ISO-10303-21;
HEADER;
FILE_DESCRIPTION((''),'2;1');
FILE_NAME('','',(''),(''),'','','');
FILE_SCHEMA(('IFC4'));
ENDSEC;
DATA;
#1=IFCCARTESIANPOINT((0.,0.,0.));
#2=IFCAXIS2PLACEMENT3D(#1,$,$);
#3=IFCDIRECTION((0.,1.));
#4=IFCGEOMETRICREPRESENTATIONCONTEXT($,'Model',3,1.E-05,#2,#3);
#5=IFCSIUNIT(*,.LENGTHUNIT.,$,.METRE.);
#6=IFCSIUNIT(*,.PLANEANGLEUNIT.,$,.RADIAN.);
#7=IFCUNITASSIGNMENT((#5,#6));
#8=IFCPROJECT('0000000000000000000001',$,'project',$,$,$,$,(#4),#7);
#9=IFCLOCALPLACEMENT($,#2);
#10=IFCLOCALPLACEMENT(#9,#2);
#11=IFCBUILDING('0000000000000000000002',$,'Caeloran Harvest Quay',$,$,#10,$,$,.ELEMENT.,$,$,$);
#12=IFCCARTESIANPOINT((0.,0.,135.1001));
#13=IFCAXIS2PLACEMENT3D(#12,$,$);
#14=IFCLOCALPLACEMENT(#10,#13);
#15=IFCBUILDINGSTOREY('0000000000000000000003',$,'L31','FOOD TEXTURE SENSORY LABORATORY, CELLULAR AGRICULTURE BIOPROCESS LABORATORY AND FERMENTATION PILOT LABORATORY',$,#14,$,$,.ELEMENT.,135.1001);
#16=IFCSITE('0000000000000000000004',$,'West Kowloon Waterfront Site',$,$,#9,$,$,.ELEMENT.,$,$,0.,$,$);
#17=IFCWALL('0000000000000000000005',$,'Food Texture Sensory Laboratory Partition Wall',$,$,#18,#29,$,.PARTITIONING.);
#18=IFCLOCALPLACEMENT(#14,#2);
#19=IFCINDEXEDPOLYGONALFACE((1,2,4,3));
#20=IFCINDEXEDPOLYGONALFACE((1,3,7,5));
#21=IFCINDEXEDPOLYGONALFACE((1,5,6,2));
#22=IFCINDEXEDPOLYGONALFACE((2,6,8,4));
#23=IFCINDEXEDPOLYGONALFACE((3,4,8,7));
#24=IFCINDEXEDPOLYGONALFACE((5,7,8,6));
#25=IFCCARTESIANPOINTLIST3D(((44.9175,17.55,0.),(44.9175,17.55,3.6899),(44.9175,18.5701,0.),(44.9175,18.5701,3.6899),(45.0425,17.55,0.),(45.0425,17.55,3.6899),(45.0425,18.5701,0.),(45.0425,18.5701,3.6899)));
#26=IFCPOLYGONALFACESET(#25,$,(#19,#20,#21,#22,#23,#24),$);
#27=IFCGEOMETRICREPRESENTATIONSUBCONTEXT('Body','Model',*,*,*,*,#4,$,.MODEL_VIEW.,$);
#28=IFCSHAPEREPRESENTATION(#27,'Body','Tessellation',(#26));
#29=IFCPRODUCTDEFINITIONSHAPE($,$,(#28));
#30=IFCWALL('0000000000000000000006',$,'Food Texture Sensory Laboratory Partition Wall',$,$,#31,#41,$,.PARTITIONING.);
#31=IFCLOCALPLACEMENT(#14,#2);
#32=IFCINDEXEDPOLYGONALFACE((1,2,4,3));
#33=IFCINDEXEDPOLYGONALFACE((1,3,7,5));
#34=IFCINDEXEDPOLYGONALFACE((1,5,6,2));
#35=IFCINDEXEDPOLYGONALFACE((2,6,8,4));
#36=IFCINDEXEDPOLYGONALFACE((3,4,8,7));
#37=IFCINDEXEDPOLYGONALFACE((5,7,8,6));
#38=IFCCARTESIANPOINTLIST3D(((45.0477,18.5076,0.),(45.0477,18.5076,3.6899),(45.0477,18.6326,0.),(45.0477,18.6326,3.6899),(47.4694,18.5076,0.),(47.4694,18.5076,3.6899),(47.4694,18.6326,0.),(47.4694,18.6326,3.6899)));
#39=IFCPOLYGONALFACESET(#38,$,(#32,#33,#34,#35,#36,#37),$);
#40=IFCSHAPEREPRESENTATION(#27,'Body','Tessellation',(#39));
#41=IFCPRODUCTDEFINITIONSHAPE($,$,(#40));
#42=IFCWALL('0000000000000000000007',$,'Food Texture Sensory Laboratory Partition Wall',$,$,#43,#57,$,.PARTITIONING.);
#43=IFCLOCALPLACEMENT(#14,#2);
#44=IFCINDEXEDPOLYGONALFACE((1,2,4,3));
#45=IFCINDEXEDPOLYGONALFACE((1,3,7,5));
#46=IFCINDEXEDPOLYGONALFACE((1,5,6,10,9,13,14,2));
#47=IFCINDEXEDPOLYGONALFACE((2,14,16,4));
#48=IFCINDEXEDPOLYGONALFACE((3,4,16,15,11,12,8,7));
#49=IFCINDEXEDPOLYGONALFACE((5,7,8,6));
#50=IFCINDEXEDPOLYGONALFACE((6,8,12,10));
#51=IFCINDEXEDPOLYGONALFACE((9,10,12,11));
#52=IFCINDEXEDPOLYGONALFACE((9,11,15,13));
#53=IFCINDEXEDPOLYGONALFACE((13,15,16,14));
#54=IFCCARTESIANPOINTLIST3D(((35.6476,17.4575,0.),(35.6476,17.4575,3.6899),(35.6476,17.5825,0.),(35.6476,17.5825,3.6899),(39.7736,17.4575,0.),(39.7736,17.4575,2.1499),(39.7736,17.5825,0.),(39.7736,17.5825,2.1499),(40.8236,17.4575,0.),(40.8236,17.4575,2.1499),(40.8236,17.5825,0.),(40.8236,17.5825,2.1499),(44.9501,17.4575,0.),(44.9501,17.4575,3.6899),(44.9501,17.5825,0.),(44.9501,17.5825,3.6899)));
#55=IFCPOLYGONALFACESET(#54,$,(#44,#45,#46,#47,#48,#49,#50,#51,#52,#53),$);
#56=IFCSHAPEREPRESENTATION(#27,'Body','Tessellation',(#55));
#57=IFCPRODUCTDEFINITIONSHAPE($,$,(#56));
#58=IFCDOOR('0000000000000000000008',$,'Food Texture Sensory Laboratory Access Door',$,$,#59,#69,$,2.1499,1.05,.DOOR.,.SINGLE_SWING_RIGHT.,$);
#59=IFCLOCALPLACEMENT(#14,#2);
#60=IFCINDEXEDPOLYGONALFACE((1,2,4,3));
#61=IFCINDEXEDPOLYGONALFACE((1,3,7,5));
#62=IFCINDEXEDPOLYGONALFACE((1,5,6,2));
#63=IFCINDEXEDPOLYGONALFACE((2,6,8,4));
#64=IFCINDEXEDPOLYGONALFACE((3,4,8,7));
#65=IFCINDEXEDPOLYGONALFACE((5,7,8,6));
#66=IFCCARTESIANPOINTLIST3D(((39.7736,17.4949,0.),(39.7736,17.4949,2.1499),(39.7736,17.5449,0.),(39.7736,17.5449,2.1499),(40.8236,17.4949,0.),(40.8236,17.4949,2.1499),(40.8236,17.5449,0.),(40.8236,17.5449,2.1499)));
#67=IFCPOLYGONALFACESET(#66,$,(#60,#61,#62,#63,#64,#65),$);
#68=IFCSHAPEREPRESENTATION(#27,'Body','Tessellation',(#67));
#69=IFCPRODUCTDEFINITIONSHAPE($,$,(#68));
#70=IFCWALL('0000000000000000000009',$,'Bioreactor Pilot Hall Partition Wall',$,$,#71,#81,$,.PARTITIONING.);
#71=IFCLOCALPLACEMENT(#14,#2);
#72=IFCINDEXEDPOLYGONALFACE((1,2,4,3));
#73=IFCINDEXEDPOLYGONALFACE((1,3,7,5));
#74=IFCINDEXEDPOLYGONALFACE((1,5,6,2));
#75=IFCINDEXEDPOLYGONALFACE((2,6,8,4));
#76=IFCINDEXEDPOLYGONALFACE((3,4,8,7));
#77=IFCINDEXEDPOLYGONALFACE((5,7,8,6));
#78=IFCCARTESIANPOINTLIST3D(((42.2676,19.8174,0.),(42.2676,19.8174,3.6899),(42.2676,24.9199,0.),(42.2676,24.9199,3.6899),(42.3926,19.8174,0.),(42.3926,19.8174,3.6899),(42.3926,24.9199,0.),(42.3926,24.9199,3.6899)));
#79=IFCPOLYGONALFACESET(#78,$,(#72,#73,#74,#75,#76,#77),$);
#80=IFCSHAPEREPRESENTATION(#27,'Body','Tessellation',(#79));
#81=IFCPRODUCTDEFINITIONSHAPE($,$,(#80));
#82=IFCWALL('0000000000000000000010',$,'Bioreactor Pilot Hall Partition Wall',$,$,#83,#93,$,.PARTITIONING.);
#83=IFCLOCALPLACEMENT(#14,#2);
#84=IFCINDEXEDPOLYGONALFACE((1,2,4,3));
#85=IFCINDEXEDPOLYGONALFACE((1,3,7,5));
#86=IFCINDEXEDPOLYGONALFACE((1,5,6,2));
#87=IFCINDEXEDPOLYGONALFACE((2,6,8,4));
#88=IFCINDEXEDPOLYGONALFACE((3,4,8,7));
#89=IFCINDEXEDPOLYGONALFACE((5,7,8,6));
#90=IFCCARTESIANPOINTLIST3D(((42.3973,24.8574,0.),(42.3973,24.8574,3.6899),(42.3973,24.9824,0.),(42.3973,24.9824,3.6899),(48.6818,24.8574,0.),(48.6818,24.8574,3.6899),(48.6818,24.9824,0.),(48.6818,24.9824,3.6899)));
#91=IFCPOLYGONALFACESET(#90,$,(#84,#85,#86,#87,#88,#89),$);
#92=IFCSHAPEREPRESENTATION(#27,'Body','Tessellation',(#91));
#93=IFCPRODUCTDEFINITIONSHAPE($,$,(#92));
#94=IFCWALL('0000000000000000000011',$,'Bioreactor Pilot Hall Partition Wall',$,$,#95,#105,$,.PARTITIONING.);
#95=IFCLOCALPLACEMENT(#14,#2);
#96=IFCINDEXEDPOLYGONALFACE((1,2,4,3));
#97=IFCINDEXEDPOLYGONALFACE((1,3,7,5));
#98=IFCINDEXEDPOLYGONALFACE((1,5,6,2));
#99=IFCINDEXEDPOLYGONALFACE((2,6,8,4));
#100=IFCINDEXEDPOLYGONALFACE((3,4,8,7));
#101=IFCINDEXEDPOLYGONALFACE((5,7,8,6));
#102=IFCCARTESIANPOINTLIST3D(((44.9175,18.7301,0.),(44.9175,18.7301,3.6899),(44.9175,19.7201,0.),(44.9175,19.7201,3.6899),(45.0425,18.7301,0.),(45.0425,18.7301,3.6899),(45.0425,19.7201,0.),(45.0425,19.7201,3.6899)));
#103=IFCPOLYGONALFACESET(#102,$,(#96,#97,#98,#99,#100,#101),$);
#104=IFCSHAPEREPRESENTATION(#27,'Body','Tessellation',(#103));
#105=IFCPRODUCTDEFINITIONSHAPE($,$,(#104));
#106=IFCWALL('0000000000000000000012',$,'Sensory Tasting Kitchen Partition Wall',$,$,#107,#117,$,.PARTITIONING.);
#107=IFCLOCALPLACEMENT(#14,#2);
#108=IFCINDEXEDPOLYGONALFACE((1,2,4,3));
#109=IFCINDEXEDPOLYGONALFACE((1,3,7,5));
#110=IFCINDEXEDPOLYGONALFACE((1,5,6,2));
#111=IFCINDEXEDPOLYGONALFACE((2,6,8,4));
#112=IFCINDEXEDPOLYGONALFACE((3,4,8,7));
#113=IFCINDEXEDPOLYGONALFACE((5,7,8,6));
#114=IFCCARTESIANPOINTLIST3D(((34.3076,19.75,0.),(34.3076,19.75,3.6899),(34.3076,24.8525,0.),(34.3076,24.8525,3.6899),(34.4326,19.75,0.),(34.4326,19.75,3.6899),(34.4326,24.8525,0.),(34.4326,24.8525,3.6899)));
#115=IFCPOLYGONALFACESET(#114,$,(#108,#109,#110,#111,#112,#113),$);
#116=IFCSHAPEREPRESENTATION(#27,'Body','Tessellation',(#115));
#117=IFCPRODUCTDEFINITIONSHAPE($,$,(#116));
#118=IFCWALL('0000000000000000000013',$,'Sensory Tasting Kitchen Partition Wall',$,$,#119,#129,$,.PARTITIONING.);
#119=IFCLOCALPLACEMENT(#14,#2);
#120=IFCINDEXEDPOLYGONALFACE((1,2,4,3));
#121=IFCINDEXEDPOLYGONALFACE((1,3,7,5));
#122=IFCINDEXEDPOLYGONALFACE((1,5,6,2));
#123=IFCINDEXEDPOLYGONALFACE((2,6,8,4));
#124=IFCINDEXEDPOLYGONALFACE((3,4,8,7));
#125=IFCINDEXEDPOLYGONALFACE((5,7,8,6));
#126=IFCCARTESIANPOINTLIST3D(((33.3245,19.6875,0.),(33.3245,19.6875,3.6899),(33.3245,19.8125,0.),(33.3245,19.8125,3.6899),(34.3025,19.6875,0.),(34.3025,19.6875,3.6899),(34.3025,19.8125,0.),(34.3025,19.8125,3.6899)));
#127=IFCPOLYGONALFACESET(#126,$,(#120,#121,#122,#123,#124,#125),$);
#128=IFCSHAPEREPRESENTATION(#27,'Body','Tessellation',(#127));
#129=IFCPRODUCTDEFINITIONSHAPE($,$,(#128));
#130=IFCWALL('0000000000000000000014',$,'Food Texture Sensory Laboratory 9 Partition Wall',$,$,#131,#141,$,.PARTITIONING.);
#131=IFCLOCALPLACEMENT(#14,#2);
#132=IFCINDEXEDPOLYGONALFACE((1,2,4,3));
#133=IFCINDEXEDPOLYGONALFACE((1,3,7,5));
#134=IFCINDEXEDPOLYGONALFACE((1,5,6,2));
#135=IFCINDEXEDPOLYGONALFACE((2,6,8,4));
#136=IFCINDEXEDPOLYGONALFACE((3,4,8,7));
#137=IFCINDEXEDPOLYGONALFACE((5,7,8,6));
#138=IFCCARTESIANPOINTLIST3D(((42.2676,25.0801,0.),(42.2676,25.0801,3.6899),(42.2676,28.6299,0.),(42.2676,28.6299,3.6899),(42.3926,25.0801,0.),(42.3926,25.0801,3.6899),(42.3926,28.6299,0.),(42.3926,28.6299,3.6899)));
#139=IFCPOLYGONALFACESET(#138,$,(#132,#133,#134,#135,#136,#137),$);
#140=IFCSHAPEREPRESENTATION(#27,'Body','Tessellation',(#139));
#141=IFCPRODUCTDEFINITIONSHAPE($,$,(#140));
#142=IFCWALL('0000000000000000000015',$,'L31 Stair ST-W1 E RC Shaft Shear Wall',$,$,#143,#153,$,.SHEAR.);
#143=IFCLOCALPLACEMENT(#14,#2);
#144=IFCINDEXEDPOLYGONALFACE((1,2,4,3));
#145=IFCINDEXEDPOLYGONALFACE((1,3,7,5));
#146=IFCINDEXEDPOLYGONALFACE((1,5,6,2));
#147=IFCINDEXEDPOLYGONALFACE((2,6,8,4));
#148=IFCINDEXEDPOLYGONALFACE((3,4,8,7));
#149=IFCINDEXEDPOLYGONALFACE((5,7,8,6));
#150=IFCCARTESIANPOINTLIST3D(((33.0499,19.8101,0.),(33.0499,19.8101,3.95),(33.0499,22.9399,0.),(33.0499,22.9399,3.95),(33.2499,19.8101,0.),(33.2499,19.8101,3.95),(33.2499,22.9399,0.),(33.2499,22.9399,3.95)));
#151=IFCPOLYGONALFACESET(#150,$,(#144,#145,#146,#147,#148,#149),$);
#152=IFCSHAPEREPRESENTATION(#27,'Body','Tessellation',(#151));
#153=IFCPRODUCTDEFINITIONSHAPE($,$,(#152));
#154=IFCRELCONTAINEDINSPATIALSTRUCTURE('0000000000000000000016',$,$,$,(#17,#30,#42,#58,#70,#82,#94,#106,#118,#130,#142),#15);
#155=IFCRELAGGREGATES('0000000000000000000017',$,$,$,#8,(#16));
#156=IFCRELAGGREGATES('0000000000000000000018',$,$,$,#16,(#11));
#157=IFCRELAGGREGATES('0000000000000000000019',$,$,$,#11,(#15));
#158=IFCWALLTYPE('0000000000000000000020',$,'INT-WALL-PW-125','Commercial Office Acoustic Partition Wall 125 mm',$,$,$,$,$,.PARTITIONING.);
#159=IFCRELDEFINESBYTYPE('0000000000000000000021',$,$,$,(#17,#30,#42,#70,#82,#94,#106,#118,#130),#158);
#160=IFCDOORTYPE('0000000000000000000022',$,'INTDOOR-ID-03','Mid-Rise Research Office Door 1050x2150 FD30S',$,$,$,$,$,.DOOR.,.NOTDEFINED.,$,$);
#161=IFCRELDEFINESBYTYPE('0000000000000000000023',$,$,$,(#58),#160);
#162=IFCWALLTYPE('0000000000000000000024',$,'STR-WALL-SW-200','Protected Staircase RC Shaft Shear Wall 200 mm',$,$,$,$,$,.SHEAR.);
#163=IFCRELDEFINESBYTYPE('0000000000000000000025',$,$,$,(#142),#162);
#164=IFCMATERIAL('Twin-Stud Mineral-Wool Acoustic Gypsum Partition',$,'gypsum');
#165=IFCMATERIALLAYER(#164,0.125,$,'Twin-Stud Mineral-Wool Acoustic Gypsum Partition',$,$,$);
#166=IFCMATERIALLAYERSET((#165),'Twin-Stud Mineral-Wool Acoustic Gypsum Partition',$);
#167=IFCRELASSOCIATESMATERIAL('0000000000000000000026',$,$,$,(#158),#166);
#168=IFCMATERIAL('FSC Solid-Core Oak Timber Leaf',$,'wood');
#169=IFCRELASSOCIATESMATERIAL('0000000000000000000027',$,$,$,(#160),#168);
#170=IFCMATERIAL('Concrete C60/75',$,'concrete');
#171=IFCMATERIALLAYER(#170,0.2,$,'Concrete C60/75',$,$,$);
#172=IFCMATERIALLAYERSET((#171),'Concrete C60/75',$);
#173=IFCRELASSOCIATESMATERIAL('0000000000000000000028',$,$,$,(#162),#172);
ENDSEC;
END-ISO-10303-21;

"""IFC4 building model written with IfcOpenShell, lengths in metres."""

from ifc_helpers import new_model, si_unit, direction, frame, frame_2d, origin, place, context, subcontext, project, spatial, rectangle, extrude, material, layer, layer_set, type_object, element, fill, save


model = new_model("IFC4")

# Units and contexts
model_context = context("Model", 3, precision=1e-05, world=origin(), true_north=direction((0.0, 1.0)))
body_context = subcontext(model_context, "Body", "Model", "MODEL_VIEW")
ifc_project = project(units=[si_unit("LENGTHUNIT", "METRE"), si_unit("PLANEANGLEUNIT", "RADIAN")], contexts=[model_context])

# Site, building, storey
site_placement = place(None, origin())
site = spatial("IfcSite", under=ifc_project, at=site_placement, Name="West Kowloon Waterfront Site", CompositionType="ELEMENT", RefElevation=0.0)
building_placement = place(site_placement, origin())
building = spatial("IfcBuilding", under=site, at=building_placement, Name="Caeloran Harvest Quay", CompositionType="ELEMENT")
storey_placement = place(building_placement, frame((0.0, 0.0, 135.1001)))
storey = spatial("IfcBuildingStorey", under=building, at=storey_placement, Name="L31", Description="FOOD TEXTURE SENSORY LABORATORY, CELLULAR AGRICULTURE BIOPROCESS LABORATORY AND FERMENTATION PILOT LABORATORY", CompositionType="ELEMENT", Elevation=135.1001)

# Walls
ifc_material_1 = material(Name="Twin-Stud Mineral-Wool Acoustic Gypsum Partition", Category="gypsum")
ifc_layer_1 = layer(ifc_material_1, 0.125, Name="Twin-Stud Mineral-Wool Acoustic Gypsum Partition")
ifc_layer_set_1 = layer_set([ifc_layer_1], Name="Twin-Stud Mineral-Wool Acoustic Gypsum Partition")
wall_type_1 = type_object("IfcWallType", Name="INT-WALL-PW-125", Description="Commercial Office Acoustic Partition Wall 125 mm", PredefinedType="PARTITIONING", material=ifc_layer_set_1)
wall_1_placement = place(storey_placement, frame((44.98, 17.55, 0.0), z_axis=(0.0, 0.0, 1.0), x_axis=(0.0, 1.0, 0.0)))
element("IfcWall", 1, at=wall_1_placement, inside=storey, type_object=wall_type_1, Name="Food Texture Sensory Laboratory Partition Wall", PredefinedType="PARTITIONING", context=body_context, shape_type="SweptSolid", body=[
    extrude(rectangle(XDim=1.02, YDim=0.125, at=frame_2d((0.51, 0.0))), origin(), (0.0, 0.0, 1.0), 3.6899),
])
wall_2_placement = place(storey_placement, frame((45.0476, 18.5701, 0.0), z_axis=(0.0, 0.0, 1.0), x_axis=(1.0, 0.0, 0.0)))
element("IfcWall", 2, at=wall_2_placement, inside=storey, type_object=wall_type_1, Name="Food Texture Sensory Laboratory Partition Wall", PredefinedType="PARTITIONING", context=body_context, shape_type="SweptSolid", body=[
    extrude(rectangle(XDim=2.4216, YDim=0.125, at=frame_2d((1.2109, 0.0))), origin(), (0.0, 0.0, 1.0), 3.6899),
])

# Wall, opening, door
wall_3_placement = place(storey_placement, frame((35.6475, 17.52, 0.0), z_axis=(0.0, 0.0, 1.0), x_axis=(1.0, 0.0, 0.0)))
wall_3 = element("IfcWall", 3, at=wall_3_placement, inside=storey, type_object=wall_type_1, Name="Food Texture Sensory Laboratory Partition Wall", PredefinedType="PARTITIONING", context=body_context, shape_type="SweptSolid", body=[
    extrude(rectangle(XDim=9.3025, YDim=0.125, at=frame_2d((4.6514, 0.0))), origin(), (0.0, 0.0, 1.0), 3.6899),
])
opening_1_placement = place(wall_3_placement, frame((4.1262, 0.0, 0.0)))
opening_1 = element("IfcOpeningElement", 4, at=opening_1_placement, cuts=wall_3, PredefinedType="OPENING", context=body_context, shape_type="SweptSolid", body=[
    extrude(rectangle(XDim=1.05, YDim=2.1499, at=frame_2d((0.5249, 1.075))), frame((0.0, 0.0725, 0.0), z_axis=(0.0, -1.0, 0.0), x_axis=(1.0, 0.0, 0.0)), (0.0, 0.0, 1.0), 0.145),
])
ifc_material_2 = material(Name="FSC Solid-Core Oak Timber Leaf", Category="wood")
door_type = type_object("IfcDoorType", Name="INTDOOR-ID-03", Description="Mid-Rise Research Office Door 1050x2150 FD30S", OperationType="NOTDEFINED", PredefinedType="DOOR", material=ifc_material_2)
door_1_placement = place(opening_1_placement, origin())
door_1 = element("IfcDoor", 5, at=door_1_placement, inside=storey, type_object=door_type, Name="Food Texture Sensory Laboratory Access Door", OperationType="SINGLE_SWING_RIGHT", OverallHeight=2.1499, OverallWidth=1.05, PredefinedType="DOOR", context=body_context, shape_type="SweptSolid", body=[
    extrude(rectangle(XDim=1.05, YDim=2.1499, at=frame_2d((0.5249, 1.075))), frame((0.0, 0.0249, 0.0), z_axis=(0.0, -1.0, 0.0), x_axis=(1.0, 0.0, 0.0)), (0.0, 0.0, 1.0), 0.05),
])
fill(opening_1, door_1)

# Walls
wall_4_placement = place(storey_placement, frame((42.3301, 19.8174, 0.0), z_axis=(0.0, 0.0, 1.0), x_axis=(0.0, 1.0, 0.0)))
element("IfcWall", 6, at=wall_4_placement, inside=storey, type_object=wall_type_1, Name="Bioreactor Pilot Hall Partition Wall", PredefinedType="PARTITIONING", context=body_context, shape_type="SweptSolid", body=[
    extrude(rectangle(XDim=5.1025, YDim=0.125, at=frame_2d((2.5513, 0.0))), origin(), (0.0, 0.0, 1.0), 3.6899),
])
wall_5_placement = place(storey_placement, frame((42.3975, 24.9199, 0.0), z_axis=(0.0, 0.0, 1.0), x_axis=(1.0, 0.0, 0.0)))
element("IfcWall", 7, at=wall_5_placement, inside=storey, type_object=wall_type_1, Name="Bioreactor Pilot Hall Partition Wall", PredefinedType="PARTITIONING", context=body_context, shape_type="SweptSolid", body=[
    extrude(rectangle(XDim=6.2844, YDim=0.125, at=frame_2d((3.1421, 0.0))), origin(), (0.0, 0.0, 1.0), 3.6899),
])
wall_6_placement = place(storey_placement, frame((44.98, 18.73, 0.0), z_axis=(0.0, 0.0, 1.0), x_axis=(0.0, 1.0, 0.0)))
element("IfcWall", 8, at=wall_6_placement, inside=storey, type_object=wall_type_1, Name="Bioreactor Pilot Hall Partition Wall", PredefinedType="PARTITIONING", context=body_context, shape_type="SweptSolid", body=[
    extrude(rectangle(XDim=0.99, YDim=0.125, at=frame_2d((0.4951, 0.0))), origin(), (0.0, 0.0, 1.0), 3.6899),
])
wall_7_placement = place(storey_placement, frame((34.3701, 24.8525, 0.0), z_axis=(0.0, 0.0, 1.0), x_axis=(0.0, -1.0, 0.0)))
element("IfcWall", 9, at=wall_7_placement, inside=storey, type_object=wall_type_1, Name="Sensory Tasting Kitchen Partition Wall", PredefinedType="PARTITIONING", context=body_context, shape_type="SweptSolid", body=[
    extrude(rectangle(XDim=5.1025, YDim=0.125, at=frame_2d((2.5513, 0.0))), origin(), (0.0, 0.0, 1.0), 3.6899),
])
wall_8_placement = place(storey_placement, frame((34.3025, 19.75, 0.0), z_axis=(0.0, 0.0, 1.0), x_axis=(-1.0, 0.0, 0.0)))
element("IfcWall", 10, at=wall_8_placement, inside=storey, type_object=wall_type_1, Name="Sensory Tasting Kitchen Partition Wall", PredefinedType="PARTITIONING", context=body_context, shape_type="SweptSolid", body=[
    extrude(rectangle(XDim=0.978, YDim=0.125, at=frame_2d((0.489, 0.0))), origin(), (0.0, 0.0, 1.0), 3.6899),
])
wall_9_placement = place(storey_placement, frame((42.3301, 25.0801, 0.0), z_axis=(0.0, 0.0, 1.0), x_axis=(0.0, 1.0, 0.0)))
element("IfcWall", 11, at=wall_9_placement, inside=storey, type_object=wall_type_1, Name="Food Texture Sensory Laboratory 9 Partition Wall", PredefinedType="PARTITIONING", context=body_context, shape_type="SweptSolid", body=[
    extrude(rectangle(XDim=3.5498, YDim=0.125, at=frame_2d((1.7749, 0.0))), origin(), (0.0, 0.0, 1.0), 3.6899),
])
ifc_material_3 = material(Name="Concrete C60/75", Category="concrete")
ifc_layer_2 = layer(ifc_material_3, 0.2, Name="Concrete C60/75")
ifc_layer_set_2 = layer_set([ifc_layer_2], Name="Concrete C60/75")
wall_type_2 = type_object("IfcWallType", Name="STR-WALL-SW-200", Description="Protected Staircase RC Shaft Shear Wall 200 mm", PredefinedType="SHEAR", material=ifc_layer_set_2)
wall_10_placement = place(storey_placement, frame((33.1499, 19.8101, 0.0), z_axis=(0.0, 0.0, 1.0), x_axis=(0.0, 1.0, 0.0)))
element("IfcWall", 12, at=wall_10_placement, inside=storey, type_object=wall_type_2, Name="L31 Stair ST-W1 E RC Shaft Shear Wall", PredefinedType="SHEAR", context=body_context, shape_type="SweptSolid", body=[
    extrude(rectangle(XDim=3.1299, YDim=0.2, at=frame_2d((1.5649, 0.0))), origin(), (0.0, 0.0, 1.0), 3.95),
])

save(model, "model.ifc")
